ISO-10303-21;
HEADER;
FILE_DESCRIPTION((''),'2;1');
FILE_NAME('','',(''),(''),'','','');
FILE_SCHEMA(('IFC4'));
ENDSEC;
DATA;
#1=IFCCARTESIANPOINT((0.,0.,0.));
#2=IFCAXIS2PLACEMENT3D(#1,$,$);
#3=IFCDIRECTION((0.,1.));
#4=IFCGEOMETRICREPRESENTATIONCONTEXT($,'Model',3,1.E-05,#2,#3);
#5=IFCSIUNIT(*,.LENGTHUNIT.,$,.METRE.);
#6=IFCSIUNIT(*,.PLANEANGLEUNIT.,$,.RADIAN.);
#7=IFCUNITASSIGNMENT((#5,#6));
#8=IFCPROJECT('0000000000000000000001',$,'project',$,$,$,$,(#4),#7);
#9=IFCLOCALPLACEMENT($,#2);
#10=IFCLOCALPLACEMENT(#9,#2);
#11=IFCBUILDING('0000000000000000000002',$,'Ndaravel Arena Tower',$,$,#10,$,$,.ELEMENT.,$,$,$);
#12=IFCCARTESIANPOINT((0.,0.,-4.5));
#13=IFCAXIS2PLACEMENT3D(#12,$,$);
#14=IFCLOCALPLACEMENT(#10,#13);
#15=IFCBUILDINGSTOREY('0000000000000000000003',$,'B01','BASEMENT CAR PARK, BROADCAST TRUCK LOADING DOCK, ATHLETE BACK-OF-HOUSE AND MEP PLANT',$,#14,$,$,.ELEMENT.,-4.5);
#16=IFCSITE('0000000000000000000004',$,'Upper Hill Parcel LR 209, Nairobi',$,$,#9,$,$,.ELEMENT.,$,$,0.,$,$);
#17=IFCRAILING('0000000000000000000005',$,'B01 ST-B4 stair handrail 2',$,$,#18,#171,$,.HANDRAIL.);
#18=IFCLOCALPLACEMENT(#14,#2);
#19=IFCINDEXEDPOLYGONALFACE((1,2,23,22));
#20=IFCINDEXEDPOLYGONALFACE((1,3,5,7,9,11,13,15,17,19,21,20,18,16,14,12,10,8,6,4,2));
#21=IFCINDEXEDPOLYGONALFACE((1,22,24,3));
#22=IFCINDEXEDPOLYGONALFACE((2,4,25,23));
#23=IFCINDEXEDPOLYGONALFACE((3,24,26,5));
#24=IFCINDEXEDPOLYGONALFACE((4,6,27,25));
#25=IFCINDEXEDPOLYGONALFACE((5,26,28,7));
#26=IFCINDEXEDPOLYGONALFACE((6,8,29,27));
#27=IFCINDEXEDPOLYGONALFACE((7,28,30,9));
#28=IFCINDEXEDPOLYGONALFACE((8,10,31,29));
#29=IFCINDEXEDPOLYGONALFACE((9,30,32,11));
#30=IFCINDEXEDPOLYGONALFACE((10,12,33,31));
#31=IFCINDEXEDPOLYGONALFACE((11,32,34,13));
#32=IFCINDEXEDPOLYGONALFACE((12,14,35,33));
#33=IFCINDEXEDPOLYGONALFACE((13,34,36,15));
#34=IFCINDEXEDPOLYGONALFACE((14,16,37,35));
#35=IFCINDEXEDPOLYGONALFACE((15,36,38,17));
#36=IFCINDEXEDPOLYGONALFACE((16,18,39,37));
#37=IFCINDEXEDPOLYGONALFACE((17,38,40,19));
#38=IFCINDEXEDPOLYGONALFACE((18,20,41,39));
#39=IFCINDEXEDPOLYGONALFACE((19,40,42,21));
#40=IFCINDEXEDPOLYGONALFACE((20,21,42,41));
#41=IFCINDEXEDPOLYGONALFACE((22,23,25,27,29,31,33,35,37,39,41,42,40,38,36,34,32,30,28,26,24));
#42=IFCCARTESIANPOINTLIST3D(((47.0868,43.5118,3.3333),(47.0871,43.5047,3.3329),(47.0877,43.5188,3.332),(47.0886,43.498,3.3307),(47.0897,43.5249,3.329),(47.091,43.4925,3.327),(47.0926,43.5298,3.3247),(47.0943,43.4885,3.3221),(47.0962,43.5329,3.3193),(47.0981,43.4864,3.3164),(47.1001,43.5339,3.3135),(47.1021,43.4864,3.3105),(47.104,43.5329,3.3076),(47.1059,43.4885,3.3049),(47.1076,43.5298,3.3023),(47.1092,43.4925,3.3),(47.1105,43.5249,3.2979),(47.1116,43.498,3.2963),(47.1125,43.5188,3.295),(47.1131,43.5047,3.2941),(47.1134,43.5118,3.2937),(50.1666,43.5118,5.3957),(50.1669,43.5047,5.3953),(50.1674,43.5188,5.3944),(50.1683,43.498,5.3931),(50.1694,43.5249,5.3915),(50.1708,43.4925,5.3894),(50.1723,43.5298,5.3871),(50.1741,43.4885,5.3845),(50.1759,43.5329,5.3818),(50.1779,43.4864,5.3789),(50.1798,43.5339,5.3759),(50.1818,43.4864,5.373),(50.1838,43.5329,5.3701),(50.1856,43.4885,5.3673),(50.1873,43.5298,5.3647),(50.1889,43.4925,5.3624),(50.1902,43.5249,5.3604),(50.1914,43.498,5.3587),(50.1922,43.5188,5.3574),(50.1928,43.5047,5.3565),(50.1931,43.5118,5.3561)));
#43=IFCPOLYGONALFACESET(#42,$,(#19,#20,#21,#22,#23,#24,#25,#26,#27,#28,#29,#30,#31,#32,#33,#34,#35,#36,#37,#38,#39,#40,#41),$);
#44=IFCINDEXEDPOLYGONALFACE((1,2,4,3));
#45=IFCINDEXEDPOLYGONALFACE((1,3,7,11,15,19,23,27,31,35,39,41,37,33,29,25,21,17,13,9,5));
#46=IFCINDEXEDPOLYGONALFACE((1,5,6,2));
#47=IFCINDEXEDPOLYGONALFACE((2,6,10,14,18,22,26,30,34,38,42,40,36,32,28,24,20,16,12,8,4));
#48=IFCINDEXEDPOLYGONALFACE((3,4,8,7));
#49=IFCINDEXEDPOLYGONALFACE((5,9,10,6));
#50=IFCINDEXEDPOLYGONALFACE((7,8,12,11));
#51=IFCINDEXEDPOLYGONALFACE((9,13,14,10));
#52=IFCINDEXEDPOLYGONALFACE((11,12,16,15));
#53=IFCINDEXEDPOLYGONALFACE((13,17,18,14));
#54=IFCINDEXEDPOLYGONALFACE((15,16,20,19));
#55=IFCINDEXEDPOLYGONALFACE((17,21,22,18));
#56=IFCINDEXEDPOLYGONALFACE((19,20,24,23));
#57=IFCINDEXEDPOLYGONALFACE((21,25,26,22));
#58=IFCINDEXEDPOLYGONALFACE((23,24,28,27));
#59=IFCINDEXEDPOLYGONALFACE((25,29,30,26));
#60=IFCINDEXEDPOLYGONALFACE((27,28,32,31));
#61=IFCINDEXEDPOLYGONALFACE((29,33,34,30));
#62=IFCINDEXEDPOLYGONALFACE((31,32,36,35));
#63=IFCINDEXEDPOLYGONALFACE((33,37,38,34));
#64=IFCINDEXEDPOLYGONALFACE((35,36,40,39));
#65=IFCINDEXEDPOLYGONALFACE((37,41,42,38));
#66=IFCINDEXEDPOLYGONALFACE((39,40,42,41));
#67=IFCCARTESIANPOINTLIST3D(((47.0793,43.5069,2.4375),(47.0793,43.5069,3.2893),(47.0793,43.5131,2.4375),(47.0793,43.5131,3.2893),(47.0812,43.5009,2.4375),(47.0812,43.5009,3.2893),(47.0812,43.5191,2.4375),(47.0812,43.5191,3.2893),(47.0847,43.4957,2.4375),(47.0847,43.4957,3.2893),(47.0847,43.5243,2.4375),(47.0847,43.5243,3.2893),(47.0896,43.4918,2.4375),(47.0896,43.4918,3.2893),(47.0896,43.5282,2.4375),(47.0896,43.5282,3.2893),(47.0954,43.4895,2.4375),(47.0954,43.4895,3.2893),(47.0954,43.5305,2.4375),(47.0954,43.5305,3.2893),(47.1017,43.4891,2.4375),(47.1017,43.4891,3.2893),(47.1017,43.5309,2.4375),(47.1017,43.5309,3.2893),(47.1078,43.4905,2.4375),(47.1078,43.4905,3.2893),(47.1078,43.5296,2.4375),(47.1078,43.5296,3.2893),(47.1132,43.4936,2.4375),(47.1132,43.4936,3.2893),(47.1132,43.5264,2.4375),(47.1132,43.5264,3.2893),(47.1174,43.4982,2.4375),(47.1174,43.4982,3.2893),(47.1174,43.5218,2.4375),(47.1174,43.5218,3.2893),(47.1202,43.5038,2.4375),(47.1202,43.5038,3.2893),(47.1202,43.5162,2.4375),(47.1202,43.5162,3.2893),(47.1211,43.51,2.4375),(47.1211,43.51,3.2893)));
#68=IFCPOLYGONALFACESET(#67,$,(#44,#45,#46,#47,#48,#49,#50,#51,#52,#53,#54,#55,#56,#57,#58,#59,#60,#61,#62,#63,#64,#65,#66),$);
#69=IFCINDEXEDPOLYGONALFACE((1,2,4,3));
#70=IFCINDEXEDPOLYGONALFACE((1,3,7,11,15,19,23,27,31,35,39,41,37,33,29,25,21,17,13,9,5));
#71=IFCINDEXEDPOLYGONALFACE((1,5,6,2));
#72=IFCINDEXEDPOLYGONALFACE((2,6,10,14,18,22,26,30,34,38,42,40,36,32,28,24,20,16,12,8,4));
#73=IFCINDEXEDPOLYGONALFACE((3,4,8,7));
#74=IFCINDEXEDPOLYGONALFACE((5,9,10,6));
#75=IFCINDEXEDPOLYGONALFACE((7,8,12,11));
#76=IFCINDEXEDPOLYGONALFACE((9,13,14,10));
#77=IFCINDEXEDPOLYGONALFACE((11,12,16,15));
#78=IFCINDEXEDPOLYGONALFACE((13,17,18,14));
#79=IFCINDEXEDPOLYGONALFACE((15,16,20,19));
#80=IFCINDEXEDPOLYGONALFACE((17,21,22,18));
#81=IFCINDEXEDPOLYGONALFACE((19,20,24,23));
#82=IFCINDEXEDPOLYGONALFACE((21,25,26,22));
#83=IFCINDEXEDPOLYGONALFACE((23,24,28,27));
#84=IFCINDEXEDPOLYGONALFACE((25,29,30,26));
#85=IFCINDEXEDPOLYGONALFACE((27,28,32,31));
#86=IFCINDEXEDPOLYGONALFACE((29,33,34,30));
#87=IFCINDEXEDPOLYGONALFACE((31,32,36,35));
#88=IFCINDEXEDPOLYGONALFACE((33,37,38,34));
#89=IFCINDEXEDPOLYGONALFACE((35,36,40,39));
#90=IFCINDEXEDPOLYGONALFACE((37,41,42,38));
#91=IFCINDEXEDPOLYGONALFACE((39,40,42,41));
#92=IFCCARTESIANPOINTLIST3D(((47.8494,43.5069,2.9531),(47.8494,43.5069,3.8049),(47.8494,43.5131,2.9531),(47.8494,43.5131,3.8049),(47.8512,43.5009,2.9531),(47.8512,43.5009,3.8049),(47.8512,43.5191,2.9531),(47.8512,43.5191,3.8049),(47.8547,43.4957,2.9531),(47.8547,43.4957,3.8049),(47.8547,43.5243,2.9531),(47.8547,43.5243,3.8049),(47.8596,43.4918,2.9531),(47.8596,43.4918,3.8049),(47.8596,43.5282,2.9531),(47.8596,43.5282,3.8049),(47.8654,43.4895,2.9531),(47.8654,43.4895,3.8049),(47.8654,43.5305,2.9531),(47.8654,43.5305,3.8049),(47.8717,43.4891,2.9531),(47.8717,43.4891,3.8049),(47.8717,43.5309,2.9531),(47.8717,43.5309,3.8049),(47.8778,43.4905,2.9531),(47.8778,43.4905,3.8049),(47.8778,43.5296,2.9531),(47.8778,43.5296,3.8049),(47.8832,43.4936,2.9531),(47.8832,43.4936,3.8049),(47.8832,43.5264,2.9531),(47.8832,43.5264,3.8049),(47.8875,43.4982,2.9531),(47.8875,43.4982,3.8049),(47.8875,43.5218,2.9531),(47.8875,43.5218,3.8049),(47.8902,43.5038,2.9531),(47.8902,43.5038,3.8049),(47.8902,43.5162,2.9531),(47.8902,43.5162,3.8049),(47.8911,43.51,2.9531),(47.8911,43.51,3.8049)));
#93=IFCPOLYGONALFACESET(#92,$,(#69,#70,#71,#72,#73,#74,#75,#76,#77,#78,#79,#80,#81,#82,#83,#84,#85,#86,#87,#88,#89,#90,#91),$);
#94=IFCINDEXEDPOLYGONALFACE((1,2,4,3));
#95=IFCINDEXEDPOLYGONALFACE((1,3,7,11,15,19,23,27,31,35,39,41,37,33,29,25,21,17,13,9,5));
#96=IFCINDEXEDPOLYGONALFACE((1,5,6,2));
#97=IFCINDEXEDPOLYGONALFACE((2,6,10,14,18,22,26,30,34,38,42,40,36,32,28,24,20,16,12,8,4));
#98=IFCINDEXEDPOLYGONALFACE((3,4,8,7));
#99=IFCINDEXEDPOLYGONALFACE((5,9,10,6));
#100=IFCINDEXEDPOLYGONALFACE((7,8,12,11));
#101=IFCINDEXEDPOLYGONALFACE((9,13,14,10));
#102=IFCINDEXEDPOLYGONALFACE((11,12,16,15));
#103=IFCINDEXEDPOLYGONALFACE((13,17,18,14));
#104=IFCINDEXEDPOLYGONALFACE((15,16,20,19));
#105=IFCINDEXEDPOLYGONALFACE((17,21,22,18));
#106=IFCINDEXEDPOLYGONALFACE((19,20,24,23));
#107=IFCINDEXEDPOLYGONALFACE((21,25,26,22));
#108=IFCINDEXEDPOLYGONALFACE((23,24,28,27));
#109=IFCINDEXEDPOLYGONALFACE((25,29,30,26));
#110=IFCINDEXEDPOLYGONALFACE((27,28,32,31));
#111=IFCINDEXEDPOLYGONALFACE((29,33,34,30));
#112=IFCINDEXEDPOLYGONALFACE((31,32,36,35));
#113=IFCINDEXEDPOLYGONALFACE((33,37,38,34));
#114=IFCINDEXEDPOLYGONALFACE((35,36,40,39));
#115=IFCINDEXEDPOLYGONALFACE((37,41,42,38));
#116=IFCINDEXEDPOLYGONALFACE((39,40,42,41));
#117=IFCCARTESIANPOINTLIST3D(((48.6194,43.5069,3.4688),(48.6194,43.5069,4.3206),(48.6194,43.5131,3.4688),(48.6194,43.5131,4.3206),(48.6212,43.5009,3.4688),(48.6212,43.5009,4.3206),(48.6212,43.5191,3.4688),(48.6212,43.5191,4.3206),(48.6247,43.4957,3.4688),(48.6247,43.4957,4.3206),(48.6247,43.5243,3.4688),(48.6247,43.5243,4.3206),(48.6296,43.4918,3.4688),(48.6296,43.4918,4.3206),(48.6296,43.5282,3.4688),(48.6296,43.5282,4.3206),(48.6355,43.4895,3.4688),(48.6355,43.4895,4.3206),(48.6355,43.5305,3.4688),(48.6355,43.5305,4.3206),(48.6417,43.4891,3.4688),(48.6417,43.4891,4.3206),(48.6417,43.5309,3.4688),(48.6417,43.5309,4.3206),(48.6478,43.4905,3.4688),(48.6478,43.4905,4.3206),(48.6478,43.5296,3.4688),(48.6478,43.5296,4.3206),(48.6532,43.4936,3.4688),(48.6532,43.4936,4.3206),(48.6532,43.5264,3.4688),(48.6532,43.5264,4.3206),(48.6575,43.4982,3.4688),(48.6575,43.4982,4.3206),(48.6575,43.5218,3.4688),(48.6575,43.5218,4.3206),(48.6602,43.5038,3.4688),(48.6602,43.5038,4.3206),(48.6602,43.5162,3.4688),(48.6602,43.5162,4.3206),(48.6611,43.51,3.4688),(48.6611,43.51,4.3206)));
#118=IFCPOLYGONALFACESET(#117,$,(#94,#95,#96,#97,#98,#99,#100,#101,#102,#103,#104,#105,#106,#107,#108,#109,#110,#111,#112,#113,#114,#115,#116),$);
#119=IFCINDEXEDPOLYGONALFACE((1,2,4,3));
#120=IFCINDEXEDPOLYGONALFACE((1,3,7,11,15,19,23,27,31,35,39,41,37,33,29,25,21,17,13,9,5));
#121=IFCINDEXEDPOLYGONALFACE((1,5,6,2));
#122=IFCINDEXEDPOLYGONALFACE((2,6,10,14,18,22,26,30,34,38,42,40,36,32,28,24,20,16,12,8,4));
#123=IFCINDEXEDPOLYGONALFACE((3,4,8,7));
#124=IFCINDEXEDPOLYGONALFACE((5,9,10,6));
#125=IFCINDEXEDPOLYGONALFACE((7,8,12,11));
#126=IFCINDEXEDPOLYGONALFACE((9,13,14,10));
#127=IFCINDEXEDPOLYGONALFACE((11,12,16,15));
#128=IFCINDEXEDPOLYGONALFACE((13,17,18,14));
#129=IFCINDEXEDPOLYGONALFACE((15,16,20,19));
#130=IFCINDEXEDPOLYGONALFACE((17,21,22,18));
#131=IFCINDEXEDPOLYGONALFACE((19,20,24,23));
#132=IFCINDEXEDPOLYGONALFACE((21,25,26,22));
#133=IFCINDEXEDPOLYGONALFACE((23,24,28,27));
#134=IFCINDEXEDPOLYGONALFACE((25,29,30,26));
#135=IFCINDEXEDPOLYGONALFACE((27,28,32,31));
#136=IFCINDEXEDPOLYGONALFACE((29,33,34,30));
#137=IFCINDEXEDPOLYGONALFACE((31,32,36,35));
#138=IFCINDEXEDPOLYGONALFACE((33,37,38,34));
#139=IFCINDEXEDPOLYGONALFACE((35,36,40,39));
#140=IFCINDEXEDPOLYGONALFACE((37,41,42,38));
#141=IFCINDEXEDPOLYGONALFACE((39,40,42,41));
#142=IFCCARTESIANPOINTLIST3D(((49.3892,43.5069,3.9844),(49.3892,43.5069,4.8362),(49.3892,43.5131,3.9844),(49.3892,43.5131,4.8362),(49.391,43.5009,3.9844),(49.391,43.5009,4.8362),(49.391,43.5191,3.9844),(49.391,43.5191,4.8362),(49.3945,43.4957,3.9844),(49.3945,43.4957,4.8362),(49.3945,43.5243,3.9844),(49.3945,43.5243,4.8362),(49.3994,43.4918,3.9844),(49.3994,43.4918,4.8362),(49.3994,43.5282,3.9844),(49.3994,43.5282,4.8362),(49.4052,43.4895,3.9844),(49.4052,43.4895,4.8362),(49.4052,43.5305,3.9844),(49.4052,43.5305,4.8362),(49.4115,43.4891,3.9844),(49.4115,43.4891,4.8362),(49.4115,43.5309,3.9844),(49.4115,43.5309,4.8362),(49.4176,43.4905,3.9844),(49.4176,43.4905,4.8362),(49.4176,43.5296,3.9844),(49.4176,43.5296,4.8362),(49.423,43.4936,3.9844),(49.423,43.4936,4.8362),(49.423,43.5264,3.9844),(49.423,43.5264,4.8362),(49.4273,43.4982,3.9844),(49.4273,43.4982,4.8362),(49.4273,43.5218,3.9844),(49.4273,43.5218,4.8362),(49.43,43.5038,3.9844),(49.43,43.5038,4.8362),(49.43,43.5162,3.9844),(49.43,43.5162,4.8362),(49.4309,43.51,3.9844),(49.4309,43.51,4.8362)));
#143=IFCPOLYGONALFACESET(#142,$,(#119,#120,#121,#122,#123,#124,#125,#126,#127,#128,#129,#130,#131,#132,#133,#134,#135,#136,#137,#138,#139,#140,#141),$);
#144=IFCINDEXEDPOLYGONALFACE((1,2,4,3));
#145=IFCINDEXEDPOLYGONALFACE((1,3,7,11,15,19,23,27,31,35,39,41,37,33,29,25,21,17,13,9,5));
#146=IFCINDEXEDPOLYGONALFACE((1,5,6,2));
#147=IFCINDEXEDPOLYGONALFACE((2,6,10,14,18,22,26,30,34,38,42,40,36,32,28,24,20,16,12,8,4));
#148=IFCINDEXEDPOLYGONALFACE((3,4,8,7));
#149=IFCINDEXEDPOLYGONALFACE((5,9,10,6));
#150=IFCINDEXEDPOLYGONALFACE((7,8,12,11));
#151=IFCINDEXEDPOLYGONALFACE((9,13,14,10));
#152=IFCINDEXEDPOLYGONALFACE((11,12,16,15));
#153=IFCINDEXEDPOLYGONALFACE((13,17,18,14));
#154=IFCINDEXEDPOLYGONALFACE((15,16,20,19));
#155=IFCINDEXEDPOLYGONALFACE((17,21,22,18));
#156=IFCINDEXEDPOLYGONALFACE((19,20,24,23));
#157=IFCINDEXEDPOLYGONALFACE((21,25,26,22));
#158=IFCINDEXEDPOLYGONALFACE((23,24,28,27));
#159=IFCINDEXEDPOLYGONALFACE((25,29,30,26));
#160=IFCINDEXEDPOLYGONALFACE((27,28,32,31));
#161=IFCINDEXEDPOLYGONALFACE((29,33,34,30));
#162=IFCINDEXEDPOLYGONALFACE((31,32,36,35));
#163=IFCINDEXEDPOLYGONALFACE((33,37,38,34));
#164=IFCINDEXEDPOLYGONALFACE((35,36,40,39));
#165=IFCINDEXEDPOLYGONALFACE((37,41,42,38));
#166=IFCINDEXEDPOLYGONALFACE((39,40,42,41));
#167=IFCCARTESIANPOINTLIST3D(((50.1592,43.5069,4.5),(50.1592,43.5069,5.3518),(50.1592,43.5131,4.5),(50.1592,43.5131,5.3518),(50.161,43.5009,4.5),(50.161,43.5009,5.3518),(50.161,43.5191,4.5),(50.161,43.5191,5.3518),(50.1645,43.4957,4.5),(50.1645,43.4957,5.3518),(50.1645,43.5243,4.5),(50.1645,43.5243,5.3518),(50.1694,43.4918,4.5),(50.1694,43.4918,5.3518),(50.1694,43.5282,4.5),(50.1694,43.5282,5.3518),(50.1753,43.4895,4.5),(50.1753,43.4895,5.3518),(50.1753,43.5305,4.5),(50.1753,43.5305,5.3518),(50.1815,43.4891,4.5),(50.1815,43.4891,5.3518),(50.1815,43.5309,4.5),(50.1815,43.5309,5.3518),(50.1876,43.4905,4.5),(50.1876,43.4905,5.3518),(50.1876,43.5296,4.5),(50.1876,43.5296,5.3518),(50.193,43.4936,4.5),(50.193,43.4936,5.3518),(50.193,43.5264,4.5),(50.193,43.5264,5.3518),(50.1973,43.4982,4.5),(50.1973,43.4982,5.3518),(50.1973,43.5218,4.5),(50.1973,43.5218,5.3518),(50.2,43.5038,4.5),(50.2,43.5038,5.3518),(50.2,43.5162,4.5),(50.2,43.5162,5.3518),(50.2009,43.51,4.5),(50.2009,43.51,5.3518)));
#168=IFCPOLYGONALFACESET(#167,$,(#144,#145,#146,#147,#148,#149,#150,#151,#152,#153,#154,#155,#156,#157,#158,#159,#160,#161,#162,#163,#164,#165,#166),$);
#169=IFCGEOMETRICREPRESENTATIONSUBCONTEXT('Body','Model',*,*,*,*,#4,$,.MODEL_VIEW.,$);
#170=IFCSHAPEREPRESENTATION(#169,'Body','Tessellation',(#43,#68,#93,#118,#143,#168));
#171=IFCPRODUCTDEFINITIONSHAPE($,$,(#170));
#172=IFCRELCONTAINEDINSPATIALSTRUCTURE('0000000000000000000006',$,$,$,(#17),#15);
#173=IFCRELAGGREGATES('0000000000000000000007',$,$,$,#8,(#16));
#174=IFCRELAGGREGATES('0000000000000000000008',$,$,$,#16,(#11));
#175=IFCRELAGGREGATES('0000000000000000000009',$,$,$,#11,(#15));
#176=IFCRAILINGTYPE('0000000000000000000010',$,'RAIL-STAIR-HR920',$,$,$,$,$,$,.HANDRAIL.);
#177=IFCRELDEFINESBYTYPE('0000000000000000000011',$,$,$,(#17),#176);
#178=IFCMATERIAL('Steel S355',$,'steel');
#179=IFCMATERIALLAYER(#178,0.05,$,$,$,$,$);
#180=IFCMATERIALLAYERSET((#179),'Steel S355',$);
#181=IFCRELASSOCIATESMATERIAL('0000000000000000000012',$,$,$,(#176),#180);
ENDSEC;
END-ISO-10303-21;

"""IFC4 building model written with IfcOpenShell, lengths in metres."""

from ifc_helpers import new_model, si_unit, direction, frame, origin, origin_2d, place, context, subcontext, project, spatial, circle, extrude, material, layer, layer_set, type_object, element, save


model = new_model("IFC4")

# Units and contexts
model_context = context("Model", 3, precision=1e-05, world=origin(), true_north=direction((0.0, 1.0)))
body_context = subcontext(model_context, "Body", "Model", "MODEL_VIEW")
ifc_project = project(units=[si_unit("LENGTHUNIT", "METRE"), si_unit("PLANEANGLEUNIT", "RADIAN")], contexts=[model_context])

# Site, building, storey
site_placement = place(None, origin())
site = spatial("IfcSite", under=ifc_project, at=site_placement, Name="Upper Hill Parcel LR 209, Nairobi", CompositionType="ELEMENT", RefElevation=0.0)
building_placement = place(site_placement, origin())
building = spatial("IfcBuilding", under=site, at=building_placement, Name="Ndaravel Arena Tower", CompositionType="ELEMENT")
storey_placement = place(building_placement, frame((0.0, 0.0, -4.5)))
storey = spatial("IfcBuildingStorey", under=building, at=storey_placement, Name="B01", Description="BASEMENT CAR PARK, BROADCAST TRUCK LOADING DOCK, ATHLETE BACK-OF-HOUSE AND MEP PLANT", CompositionType="ELEMENT", Elevation=-4.5)

# Railing
ifc_material_1 = material(Name="Steel S355", Category="steel")
ifc_layer_1 = layer(ifc_material_1, 0.05)
ifc_layer_set_1 = layer_set([ifc_layer_1], Name="Steel S355")
railing_type_1 = type_object("IfcRailingType", Name="RAIL-STAIR-HR920", PredefinedType="HANDRAIL", material=ifc_layer_set_1)
railing_1_placement = place(storey_placement, frame((47.1001, 43.51, 2.4375)))
element("IfcRailing", 1, at=railing_1_placement, inside=storey, type_object=railing_type_1, Name="B01 ST-B4 stair handrail 2", PredefinedType="HANDRAIL", context=body_context, shape_type="SweptSolid", body=[
    extrude(circle(Radius=0.0239, at=origin_2d()), frame((0.0, 0.0, 0.876), z_axis=(0.830893, 0.0, 0.556432), x_axis=(0.0, 1.0, 0.0)), (0.0, 0.0, 1.0), 3.7065),
    extrude(circle(Radius=0.021, at=origin_2d()), origin(), (0.0, 0.0, 1.0), 0.8518),
    extrude(circle(Radius=0.021, at=origin_2d()), frame((0.77, 0.0, 0.5156)), (0.0, 0.0, 1.0), 0.8518),
    extrude(circle(Radius=0.021, at=origin_2d()), frame((1.54, 0.0, 1.0312)), (0.0, 0.0, 1.0), 0.8518),
    extrude(circle(Radius=0.021, at=origin_2d()), frame((2.3098, 0.0, 1.5469)), (0.0, 0.0, 1.0), 0.8518),
    extrude(circle(Radius=0.021, at=origin_2d()), frame((3.0798, 0.0, 2.0625)), (0.0, 0.0, 1.0), 0.8518),
])

save(model, "model.ifc")
